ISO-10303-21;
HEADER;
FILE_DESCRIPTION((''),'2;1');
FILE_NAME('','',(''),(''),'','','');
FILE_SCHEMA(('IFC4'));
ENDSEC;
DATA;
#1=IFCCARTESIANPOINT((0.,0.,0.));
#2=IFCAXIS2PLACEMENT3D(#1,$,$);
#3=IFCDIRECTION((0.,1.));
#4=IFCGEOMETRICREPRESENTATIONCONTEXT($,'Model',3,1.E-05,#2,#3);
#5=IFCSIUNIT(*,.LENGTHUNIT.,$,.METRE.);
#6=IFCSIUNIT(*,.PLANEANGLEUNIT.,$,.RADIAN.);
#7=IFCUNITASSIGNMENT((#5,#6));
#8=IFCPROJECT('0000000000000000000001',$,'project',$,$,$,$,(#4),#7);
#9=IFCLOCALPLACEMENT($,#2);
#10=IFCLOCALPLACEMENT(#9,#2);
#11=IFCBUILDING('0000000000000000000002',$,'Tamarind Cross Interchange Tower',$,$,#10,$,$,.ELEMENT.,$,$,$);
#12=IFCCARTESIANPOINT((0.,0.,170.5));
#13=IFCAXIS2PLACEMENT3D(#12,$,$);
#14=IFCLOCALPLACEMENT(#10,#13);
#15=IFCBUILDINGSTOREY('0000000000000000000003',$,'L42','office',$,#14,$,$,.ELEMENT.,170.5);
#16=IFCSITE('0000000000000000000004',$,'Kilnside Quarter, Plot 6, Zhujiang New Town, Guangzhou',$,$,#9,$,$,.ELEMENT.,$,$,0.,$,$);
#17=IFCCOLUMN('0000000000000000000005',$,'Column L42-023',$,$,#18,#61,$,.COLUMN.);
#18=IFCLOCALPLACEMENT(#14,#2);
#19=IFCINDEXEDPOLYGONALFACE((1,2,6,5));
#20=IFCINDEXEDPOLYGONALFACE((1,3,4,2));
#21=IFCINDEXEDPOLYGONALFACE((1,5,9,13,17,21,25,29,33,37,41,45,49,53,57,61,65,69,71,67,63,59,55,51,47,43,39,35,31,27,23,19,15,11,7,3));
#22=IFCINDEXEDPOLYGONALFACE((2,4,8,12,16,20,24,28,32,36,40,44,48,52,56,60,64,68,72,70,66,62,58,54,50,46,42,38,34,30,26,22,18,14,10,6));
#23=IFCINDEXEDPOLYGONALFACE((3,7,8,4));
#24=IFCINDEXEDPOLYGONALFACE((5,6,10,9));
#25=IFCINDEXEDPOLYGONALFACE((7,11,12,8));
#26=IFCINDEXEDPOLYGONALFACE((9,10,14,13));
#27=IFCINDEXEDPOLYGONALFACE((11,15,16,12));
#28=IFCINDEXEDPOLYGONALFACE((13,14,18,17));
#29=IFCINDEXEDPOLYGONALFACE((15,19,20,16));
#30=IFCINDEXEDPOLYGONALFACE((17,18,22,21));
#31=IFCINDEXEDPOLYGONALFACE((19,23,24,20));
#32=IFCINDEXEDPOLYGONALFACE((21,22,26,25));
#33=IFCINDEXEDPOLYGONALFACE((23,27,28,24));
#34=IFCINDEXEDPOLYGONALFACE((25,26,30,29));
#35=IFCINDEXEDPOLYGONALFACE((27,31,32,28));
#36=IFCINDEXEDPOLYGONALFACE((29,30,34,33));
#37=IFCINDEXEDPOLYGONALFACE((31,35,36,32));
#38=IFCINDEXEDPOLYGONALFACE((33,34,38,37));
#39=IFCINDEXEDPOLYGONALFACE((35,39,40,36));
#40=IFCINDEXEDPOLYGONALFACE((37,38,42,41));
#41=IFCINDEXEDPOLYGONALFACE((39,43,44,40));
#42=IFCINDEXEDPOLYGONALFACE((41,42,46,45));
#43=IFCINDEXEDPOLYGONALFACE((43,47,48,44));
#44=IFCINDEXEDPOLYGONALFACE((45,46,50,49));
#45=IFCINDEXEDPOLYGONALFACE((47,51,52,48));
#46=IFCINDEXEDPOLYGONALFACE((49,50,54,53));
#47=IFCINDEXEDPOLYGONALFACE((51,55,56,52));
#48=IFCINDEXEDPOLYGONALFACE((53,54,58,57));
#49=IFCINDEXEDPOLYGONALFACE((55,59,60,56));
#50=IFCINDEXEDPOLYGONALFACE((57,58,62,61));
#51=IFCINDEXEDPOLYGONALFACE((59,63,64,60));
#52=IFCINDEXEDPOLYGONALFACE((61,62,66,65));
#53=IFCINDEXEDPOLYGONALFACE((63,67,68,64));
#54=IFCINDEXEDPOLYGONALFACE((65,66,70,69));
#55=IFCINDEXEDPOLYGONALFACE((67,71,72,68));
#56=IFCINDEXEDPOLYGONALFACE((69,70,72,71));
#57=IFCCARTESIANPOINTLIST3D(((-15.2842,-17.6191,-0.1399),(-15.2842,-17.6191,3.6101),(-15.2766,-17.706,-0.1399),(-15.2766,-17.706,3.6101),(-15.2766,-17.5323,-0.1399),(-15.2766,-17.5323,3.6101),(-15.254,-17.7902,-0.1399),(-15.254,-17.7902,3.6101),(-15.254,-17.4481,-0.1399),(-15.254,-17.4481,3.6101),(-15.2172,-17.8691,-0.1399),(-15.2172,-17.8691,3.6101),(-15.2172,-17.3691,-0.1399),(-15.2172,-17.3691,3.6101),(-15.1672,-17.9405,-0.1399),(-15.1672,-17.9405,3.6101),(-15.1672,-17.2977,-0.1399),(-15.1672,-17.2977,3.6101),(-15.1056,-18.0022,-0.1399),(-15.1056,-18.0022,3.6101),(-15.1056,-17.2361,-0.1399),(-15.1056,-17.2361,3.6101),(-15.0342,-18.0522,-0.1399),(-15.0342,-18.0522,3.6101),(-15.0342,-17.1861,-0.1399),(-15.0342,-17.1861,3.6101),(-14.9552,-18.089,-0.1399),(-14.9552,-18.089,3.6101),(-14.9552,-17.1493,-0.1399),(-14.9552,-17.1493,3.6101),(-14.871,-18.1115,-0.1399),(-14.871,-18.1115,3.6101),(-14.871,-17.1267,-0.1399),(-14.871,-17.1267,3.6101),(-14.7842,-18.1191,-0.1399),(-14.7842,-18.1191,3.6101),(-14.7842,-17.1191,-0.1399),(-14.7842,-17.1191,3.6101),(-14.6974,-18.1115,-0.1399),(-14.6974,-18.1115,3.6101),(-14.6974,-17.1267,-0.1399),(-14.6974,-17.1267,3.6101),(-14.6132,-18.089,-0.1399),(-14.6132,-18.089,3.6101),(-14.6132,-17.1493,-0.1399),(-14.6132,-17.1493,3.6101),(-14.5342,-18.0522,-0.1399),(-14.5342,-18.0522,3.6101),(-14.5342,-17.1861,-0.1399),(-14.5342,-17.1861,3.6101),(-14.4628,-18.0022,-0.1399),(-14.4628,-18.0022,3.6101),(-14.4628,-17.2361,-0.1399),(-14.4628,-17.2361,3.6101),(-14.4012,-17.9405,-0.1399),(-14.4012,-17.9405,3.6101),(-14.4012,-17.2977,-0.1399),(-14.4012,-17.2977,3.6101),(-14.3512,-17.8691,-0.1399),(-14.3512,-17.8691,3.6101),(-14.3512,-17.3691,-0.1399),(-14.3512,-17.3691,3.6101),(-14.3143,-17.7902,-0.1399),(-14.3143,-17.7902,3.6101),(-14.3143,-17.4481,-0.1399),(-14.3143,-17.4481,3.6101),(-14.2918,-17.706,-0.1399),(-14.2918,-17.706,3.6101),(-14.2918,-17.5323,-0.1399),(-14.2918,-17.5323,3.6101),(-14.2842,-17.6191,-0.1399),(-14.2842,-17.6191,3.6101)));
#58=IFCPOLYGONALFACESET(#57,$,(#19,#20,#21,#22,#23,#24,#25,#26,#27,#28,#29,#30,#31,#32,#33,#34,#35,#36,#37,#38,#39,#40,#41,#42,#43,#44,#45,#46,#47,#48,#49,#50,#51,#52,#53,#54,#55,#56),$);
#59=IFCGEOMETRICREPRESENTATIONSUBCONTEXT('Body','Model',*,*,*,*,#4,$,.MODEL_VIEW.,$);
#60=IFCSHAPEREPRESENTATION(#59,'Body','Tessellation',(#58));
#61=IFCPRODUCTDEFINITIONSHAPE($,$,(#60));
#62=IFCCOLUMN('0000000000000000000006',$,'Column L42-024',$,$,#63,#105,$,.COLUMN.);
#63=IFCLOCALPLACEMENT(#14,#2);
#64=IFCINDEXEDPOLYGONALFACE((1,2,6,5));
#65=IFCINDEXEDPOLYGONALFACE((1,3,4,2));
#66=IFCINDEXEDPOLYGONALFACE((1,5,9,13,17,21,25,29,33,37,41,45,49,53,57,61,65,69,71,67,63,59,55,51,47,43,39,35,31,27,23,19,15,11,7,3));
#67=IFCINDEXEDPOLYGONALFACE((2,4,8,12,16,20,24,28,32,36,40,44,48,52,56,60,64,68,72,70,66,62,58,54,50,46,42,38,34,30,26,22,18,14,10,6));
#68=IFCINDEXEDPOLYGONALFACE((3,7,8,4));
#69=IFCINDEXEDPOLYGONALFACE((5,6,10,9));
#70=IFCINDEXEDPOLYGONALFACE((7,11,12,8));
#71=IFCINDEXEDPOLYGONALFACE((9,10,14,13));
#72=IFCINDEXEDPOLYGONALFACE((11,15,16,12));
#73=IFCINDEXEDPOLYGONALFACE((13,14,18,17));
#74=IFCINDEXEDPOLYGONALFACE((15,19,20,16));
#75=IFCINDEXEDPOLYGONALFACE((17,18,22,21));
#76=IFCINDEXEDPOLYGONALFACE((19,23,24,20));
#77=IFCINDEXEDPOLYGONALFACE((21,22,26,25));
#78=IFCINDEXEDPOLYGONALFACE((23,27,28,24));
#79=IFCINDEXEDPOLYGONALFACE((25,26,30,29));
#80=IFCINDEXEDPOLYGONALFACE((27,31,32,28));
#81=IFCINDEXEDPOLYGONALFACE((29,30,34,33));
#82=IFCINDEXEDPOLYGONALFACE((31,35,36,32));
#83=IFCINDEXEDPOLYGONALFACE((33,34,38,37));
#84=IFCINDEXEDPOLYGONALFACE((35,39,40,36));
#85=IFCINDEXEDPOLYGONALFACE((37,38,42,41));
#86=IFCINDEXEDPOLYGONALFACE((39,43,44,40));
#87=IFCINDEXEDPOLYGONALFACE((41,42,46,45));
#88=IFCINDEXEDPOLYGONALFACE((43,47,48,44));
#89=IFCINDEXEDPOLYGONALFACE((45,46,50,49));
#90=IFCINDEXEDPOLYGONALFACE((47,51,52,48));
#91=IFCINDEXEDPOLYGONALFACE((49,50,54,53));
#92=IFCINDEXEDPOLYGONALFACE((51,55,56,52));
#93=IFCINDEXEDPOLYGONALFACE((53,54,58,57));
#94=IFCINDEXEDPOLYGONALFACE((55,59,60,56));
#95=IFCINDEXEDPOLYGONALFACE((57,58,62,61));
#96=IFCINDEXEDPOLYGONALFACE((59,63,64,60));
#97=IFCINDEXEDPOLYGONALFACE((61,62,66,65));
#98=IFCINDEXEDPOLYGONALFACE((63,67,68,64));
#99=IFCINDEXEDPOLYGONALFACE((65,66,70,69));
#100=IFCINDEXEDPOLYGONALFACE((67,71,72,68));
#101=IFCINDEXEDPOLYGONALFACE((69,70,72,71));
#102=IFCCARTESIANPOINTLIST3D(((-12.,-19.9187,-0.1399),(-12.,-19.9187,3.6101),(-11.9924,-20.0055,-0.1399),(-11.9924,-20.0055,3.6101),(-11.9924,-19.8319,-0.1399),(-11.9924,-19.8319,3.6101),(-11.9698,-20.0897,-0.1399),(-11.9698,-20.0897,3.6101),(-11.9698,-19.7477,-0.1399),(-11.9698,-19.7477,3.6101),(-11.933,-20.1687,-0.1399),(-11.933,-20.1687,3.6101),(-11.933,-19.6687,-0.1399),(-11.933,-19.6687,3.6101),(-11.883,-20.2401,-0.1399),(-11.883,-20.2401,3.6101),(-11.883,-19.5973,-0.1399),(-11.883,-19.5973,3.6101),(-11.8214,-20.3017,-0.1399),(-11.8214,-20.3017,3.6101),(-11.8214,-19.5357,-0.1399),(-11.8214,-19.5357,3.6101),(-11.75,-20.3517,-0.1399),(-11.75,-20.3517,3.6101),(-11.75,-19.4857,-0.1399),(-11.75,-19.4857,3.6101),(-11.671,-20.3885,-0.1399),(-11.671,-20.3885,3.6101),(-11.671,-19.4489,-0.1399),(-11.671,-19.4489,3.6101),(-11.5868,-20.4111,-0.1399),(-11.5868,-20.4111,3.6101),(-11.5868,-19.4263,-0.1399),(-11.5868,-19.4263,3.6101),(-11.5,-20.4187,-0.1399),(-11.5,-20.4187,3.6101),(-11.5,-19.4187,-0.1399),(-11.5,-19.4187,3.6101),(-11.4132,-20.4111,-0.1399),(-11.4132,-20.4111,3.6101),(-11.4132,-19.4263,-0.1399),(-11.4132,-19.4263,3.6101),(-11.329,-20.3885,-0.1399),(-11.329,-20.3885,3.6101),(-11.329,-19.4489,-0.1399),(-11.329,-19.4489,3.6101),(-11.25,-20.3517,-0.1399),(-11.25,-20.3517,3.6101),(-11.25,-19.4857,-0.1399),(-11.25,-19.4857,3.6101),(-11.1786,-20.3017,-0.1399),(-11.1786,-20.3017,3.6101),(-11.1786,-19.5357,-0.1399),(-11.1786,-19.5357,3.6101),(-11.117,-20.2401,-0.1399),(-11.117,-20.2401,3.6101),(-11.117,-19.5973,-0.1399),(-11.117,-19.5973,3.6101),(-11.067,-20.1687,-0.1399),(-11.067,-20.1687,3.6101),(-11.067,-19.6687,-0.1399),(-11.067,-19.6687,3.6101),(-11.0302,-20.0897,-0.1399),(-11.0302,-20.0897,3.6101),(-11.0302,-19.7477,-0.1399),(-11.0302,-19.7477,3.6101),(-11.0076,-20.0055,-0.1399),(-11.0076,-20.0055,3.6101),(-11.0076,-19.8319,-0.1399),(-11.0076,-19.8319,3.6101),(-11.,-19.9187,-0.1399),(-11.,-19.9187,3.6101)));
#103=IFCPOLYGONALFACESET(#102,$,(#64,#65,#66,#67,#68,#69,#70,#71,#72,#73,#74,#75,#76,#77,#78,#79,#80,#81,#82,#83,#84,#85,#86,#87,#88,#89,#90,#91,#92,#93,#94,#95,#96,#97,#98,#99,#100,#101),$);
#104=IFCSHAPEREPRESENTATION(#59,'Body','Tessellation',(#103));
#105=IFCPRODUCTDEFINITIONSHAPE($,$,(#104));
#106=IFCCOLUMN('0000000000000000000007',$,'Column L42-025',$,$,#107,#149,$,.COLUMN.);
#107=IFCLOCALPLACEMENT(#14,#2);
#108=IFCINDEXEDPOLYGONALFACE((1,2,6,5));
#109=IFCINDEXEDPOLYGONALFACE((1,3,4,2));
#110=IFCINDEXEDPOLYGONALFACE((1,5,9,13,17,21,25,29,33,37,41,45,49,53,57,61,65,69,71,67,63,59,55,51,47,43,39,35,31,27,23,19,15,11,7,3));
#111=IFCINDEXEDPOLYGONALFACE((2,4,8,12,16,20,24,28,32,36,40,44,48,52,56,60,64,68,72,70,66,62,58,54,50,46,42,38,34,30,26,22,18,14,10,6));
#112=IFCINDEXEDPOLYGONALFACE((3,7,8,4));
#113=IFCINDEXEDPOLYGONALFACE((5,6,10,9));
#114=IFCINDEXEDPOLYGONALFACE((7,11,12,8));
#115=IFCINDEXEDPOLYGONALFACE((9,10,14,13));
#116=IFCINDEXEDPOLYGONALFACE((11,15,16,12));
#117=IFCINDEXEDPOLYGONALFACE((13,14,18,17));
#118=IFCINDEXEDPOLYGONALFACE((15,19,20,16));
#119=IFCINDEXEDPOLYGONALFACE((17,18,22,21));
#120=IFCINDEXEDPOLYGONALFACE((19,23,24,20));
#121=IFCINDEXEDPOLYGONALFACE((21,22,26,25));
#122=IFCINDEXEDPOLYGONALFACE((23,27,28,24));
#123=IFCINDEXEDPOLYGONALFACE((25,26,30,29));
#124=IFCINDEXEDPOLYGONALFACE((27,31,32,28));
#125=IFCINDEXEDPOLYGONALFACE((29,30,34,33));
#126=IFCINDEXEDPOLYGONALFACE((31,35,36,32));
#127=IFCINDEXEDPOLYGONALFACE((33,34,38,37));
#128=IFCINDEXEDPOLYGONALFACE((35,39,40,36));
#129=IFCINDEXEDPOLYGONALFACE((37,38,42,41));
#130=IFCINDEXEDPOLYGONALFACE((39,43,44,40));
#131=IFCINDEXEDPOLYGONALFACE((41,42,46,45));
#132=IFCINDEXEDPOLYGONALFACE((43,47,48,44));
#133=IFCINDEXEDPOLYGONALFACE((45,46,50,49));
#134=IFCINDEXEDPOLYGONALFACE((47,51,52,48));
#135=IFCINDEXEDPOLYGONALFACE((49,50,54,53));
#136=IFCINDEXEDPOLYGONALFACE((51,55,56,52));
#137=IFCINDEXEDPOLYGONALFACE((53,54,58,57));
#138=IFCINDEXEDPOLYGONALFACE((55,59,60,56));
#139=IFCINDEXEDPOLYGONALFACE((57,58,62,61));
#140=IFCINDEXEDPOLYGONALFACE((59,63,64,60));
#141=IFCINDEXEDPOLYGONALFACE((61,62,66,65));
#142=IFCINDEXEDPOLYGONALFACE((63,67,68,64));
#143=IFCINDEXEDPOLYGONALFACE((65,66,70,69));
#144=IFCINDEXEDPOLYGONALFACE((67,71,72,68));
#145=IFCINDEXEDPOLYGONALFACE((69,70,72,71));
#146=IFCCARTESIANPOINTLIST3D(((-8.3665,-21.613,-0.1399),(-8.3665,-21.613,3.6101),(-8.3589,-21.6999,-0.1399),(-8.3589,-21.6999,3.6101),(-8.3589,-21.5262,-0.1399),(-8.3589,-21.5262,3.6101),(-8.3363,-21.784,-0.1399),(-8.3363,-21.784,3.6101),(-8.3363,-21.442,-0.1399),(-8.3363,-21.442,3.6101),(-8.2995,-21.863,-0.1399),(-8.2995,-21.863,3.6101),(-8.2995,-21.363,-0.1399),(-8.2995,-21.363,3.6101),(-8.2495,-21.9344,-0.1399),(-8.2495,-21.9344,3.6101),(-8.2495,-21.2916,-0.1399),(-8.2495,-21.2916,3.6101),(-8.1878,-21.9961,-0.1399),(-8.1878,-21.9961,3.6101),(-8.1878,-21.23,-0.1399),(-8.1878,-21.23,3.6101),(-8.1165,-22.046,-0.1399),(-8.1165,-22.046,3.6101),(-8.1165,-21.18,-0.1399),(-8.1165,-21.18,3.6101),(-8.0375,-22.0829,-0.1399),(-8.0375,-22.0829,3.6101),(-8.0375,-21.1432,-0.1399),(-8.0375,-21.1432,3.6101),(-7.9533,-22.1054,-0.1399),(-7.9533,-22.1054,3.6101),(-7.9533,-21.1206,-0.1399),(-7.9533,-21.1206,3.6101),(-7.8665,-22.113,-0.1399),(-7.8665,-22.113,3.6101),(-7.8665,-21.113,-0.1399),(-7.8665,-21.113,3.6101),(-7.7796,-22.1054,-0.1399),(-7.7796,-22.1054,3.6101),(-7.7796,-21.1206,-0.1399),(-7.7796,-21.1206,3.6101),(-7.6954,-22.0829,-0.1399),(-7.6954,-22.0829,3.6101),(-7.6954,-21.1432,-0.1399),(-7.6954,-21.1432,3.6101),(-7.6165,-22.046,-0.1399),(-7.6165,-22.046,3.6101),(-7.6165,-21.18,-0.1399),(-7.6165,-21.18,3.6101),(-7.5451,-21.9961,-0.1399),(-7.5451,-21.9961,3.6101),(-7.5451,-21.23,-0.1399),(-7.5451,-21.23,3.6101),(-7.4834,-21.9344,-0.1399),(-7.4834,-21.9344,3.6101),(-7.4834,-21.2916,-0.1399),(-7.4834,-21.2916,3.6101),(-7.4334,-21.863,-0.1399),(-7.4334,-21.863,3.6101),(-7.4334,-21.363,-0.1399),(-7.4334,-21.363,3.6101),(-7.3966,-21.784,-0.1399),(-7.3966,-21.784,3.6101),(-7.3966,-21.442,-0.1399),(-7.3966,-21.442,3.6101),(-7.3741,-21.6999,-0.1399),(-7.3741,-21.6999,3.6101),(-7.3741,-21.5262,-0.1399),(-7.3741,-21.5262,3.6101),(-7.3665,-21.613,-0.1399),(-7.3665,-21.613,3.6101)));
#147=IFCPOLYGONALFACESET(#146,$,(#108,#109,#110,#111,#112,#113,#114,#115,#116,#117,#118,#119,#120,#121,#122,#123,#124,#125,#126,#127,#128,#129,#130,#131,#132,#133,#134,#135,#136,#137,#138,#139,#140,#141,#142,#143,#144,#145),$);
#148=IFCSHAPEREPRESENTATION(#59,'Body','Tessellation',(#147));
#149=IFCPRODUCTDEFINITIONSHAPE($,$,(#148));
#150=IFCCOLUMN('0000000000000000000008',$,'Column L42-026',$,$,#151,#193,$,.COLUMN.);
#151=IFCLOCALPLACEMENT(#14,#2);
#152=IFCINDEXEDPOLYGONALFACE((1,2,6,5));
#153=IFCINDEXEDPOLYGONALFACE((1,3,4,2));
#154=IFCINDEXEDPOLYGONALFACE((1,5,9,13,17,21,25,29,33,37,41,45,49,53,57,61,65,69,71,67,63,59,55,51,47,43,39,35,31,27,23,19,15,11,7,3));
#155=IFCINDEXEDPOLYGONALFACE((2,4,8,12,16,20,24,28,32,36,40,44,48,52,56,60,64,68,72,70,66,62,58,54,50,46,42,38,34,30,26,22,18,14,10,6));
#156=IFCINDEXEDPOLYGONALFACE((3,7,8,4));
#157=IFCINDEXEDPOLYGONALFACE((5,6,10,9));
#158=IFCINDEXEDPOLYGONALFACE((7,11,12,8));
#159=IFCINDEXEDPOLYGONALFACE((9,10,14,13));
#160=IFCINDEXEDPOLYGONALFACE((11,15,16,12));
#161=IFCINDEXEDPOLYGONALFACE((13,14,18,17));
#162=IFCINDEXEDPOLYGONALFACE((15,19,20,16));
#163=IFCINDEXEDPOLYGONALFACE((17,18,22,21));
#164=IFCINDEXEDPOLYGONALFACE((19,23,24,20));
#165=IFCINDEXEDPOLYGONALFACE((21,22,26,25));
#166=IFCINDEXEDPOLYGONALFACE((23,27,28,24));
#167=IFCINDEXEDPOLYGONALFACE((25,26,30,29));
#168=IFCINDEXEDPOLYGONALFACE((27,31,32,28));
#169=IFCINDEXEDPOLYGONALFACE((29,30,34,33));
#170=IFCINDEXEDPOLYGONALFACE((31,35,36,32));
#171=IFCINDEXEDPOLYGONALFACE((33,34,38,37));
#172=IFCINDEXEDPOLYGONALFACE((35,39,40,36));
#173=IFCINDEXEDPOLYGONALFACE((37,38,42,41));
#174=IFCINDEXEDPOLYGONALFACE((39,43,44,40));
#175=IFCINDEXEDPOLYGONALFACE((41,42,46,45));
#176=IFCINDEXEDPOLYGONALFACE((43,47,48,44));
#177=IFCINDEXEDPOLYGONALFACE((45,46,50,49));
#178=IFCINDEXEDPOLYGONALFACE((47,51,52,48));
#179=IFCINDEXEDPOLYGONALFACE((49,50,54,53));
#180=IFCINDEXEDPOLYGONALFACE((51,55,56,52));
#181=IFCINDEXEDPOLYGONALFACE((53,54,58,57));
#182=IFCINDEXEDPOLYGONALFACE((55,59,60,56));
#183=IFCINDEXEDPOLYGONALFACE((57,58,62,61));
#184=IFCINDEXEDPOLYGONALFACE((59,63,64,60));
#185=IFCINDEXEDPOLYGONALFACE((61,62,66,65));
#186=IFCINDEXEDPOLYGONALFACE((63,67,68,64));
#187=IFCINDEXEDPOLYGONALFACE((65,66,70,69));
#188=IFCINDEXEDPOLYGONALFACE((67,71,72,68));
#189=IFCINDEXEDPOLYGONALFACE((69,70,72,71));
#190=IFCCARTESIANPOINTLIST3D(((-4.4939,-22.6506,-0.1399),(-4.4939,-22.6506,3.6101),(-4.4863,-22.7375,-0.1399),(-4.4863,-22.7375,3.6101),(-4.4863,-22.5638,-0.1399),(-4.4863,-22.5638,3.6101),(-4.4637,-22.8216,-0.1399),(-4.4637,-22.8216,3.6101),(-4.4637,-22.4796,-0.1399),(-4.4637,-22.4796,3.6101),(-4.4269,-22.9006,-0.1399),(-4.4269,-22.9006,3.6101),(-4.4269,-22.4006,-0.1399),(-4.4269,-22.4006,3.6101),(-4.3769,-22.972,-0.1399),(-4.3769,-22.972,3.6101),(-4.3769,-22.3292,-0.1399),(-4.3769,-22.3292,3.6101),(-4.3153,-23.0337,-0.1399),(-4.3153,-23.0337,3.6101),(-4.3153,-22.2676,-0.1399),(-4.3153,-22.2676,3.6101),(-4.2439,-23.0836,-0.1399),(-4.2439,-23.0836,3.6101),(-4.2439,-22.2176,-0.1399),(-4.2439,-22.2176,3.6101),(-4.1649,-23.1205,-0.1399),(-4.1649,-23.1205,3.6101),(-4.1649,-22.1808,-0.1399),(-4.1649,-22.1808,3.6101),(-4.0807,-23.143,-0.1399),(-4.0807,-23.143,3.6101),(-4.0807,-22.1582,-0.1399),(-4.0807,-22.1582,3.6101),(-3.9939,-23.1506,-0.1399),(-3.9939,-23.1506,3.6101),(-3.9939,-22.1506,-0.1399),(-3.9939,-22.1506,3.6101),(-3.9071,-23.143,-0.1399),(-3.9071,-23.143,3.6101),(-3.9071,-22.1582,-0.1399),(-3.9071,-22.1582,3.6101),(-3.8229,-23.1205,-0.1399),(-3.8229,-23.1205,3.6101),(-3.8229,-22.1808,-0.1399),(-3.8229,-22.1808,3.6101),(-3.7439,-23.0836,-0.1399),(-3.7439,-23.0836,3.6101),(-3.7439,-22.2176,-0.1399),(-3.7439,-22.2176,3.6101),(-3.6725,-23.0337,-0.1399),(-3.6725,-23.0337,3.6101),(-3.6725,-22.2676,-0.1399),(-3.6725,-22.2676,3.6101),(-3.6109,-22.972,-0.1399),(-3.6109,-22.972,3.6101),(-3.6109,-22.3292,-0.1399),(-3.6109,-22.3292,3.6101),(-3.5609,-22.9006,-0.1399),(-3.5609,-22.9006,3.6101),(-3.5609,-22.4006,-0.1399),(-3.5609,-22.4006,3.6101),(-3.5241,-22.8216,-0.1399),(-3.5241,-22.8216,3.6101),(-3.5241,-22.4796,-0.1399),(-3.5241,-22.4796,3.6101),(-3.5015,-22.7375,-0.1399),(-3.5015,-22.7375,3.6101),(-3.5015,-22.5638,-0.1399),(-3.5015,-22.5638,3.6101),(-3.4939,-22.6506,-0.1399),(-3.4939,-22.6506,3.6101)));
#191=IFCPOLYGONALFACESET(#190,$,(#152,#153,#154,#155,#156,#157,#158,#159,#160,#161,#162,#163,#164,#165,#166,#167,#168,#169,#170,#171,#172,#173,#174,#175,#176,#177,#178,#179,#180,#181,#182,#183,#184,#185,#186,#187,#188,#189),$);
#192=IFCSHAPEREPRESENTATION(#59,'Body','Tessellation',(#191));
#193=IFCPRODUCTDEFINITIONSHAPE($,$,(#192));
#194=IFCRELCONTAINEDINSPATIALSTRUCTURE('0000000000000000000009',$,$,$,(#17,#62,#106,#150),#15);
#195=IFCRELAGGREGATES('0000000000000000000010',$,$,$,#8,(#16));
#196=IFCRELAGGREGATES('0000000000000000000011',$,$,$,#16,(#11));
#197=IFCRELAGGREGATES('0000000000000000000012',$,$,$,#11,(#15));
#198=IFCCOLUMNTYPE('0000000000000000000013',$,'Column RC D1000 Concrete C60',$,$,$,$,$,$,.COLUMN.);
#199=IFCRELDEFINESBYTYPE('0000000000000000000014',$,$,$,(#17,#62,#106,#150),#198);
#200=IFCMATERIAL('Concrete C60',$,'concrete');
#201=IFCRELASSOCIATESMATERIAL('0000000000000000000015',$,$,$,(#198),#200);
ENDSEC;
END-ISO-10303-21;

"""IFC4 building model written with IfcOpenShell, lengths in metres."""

from ifc_helpers import new_model, si_unit, direction, frame, origin, origin_2d, place, context, subcontext, project, spatial, circle, extrude, material, material_profile, profile_set, type_object, element, save


model = new_model("IFC4")

# Units and contexts
model_context = context("Model", 3, precision=1e-05, world=origin(), true_north=direction((0.0, 1.0)))
body_context = subcontext(model_context, "Body", "Model", "MODEL_VIEW")
ifc_project = project(units=[si_unit("LENGTHUNIT", "METRE"), si_unit("PLANEANGLEUNIT", "RADIAN")], contexts=[model_context])

# Site, building, storey
site_placement = place(None, origin())
site = spatial("IfcSite", under=ifc_project, at=site_placement, Name="Kilnside Quarter, Plot 6, Zhujiang New Town, Guangzhou", CompositionType="ELEMENT", RefElevation=0.0)
building_placement = place(site_placement, origin())
building = spatial("IfcBuilding", under=site, at=building_placement, Name="Tamarind Cross Interchange Tower", CompositionType="ELEMENT")
storey_placement = place(building_placement, frame((0.0, 0.0, 170.5)))
storey = spatial("IfcBuildingStorey", under=building, at=storey_placement, Name="L42", Description="office", CompositionType="ELEMENT", Elevation=170.5)

# Columns
ifc_material_1 = material(Name="Concrete C60", Category="concrete")
ifc_material_profile_1 = material_profile(ifc_material_1, circle(Radius=0.5, at=origin_2d()), Name="RC D1000")
ifc_profile_set_1 = profile_set([ifc_material_profile_1], Name="Concrete C60")
column_type = type_object("IfcColumnType", Name="Column RC D1000 Concrete C60", PredefinedType="COLUMN", material=ifc_profile_set_1)
for number, where, z_axis, x_axis, name in (
    (1, (-14.7842, -17.6191, -0.1399), (0.0, 0.0, 1.0), (1.0, 0.0, 0.0), "Column L42-023"),
    (2, (-11.5, -19.9187, -0.1399), (0.0, 0.0, 1.0), (1.0, 0.0, 0.0), "Column L42-024"),
    (3, (-7.8665, -21.613, -0.1399), (0.0, 0.0, 1.0), (1.0, 0.0, 0.0), "Column L42-025"),
    (4, (-3.9939, -22.6506, -0.1399), (0.0, 0.0, 1.0), (1.0, 0.0, 0.0), "Column L42-026"),
):
    element("IfcColumn", number, at=place(storey_placement, frame(where, z_axis=z_axis, x_axis=x_axis)), inside=storey, type_object=column_type, Name=name, PredefinedType="COLUMN", context=body_context, shape_type="SweptSolid", body=[
        extrude(circle(Radius=0.5, at=origin_2d()), origin(), (0.0, 0.0, 1.0), 3.75),
    ])

save(model, "model.ifc")
